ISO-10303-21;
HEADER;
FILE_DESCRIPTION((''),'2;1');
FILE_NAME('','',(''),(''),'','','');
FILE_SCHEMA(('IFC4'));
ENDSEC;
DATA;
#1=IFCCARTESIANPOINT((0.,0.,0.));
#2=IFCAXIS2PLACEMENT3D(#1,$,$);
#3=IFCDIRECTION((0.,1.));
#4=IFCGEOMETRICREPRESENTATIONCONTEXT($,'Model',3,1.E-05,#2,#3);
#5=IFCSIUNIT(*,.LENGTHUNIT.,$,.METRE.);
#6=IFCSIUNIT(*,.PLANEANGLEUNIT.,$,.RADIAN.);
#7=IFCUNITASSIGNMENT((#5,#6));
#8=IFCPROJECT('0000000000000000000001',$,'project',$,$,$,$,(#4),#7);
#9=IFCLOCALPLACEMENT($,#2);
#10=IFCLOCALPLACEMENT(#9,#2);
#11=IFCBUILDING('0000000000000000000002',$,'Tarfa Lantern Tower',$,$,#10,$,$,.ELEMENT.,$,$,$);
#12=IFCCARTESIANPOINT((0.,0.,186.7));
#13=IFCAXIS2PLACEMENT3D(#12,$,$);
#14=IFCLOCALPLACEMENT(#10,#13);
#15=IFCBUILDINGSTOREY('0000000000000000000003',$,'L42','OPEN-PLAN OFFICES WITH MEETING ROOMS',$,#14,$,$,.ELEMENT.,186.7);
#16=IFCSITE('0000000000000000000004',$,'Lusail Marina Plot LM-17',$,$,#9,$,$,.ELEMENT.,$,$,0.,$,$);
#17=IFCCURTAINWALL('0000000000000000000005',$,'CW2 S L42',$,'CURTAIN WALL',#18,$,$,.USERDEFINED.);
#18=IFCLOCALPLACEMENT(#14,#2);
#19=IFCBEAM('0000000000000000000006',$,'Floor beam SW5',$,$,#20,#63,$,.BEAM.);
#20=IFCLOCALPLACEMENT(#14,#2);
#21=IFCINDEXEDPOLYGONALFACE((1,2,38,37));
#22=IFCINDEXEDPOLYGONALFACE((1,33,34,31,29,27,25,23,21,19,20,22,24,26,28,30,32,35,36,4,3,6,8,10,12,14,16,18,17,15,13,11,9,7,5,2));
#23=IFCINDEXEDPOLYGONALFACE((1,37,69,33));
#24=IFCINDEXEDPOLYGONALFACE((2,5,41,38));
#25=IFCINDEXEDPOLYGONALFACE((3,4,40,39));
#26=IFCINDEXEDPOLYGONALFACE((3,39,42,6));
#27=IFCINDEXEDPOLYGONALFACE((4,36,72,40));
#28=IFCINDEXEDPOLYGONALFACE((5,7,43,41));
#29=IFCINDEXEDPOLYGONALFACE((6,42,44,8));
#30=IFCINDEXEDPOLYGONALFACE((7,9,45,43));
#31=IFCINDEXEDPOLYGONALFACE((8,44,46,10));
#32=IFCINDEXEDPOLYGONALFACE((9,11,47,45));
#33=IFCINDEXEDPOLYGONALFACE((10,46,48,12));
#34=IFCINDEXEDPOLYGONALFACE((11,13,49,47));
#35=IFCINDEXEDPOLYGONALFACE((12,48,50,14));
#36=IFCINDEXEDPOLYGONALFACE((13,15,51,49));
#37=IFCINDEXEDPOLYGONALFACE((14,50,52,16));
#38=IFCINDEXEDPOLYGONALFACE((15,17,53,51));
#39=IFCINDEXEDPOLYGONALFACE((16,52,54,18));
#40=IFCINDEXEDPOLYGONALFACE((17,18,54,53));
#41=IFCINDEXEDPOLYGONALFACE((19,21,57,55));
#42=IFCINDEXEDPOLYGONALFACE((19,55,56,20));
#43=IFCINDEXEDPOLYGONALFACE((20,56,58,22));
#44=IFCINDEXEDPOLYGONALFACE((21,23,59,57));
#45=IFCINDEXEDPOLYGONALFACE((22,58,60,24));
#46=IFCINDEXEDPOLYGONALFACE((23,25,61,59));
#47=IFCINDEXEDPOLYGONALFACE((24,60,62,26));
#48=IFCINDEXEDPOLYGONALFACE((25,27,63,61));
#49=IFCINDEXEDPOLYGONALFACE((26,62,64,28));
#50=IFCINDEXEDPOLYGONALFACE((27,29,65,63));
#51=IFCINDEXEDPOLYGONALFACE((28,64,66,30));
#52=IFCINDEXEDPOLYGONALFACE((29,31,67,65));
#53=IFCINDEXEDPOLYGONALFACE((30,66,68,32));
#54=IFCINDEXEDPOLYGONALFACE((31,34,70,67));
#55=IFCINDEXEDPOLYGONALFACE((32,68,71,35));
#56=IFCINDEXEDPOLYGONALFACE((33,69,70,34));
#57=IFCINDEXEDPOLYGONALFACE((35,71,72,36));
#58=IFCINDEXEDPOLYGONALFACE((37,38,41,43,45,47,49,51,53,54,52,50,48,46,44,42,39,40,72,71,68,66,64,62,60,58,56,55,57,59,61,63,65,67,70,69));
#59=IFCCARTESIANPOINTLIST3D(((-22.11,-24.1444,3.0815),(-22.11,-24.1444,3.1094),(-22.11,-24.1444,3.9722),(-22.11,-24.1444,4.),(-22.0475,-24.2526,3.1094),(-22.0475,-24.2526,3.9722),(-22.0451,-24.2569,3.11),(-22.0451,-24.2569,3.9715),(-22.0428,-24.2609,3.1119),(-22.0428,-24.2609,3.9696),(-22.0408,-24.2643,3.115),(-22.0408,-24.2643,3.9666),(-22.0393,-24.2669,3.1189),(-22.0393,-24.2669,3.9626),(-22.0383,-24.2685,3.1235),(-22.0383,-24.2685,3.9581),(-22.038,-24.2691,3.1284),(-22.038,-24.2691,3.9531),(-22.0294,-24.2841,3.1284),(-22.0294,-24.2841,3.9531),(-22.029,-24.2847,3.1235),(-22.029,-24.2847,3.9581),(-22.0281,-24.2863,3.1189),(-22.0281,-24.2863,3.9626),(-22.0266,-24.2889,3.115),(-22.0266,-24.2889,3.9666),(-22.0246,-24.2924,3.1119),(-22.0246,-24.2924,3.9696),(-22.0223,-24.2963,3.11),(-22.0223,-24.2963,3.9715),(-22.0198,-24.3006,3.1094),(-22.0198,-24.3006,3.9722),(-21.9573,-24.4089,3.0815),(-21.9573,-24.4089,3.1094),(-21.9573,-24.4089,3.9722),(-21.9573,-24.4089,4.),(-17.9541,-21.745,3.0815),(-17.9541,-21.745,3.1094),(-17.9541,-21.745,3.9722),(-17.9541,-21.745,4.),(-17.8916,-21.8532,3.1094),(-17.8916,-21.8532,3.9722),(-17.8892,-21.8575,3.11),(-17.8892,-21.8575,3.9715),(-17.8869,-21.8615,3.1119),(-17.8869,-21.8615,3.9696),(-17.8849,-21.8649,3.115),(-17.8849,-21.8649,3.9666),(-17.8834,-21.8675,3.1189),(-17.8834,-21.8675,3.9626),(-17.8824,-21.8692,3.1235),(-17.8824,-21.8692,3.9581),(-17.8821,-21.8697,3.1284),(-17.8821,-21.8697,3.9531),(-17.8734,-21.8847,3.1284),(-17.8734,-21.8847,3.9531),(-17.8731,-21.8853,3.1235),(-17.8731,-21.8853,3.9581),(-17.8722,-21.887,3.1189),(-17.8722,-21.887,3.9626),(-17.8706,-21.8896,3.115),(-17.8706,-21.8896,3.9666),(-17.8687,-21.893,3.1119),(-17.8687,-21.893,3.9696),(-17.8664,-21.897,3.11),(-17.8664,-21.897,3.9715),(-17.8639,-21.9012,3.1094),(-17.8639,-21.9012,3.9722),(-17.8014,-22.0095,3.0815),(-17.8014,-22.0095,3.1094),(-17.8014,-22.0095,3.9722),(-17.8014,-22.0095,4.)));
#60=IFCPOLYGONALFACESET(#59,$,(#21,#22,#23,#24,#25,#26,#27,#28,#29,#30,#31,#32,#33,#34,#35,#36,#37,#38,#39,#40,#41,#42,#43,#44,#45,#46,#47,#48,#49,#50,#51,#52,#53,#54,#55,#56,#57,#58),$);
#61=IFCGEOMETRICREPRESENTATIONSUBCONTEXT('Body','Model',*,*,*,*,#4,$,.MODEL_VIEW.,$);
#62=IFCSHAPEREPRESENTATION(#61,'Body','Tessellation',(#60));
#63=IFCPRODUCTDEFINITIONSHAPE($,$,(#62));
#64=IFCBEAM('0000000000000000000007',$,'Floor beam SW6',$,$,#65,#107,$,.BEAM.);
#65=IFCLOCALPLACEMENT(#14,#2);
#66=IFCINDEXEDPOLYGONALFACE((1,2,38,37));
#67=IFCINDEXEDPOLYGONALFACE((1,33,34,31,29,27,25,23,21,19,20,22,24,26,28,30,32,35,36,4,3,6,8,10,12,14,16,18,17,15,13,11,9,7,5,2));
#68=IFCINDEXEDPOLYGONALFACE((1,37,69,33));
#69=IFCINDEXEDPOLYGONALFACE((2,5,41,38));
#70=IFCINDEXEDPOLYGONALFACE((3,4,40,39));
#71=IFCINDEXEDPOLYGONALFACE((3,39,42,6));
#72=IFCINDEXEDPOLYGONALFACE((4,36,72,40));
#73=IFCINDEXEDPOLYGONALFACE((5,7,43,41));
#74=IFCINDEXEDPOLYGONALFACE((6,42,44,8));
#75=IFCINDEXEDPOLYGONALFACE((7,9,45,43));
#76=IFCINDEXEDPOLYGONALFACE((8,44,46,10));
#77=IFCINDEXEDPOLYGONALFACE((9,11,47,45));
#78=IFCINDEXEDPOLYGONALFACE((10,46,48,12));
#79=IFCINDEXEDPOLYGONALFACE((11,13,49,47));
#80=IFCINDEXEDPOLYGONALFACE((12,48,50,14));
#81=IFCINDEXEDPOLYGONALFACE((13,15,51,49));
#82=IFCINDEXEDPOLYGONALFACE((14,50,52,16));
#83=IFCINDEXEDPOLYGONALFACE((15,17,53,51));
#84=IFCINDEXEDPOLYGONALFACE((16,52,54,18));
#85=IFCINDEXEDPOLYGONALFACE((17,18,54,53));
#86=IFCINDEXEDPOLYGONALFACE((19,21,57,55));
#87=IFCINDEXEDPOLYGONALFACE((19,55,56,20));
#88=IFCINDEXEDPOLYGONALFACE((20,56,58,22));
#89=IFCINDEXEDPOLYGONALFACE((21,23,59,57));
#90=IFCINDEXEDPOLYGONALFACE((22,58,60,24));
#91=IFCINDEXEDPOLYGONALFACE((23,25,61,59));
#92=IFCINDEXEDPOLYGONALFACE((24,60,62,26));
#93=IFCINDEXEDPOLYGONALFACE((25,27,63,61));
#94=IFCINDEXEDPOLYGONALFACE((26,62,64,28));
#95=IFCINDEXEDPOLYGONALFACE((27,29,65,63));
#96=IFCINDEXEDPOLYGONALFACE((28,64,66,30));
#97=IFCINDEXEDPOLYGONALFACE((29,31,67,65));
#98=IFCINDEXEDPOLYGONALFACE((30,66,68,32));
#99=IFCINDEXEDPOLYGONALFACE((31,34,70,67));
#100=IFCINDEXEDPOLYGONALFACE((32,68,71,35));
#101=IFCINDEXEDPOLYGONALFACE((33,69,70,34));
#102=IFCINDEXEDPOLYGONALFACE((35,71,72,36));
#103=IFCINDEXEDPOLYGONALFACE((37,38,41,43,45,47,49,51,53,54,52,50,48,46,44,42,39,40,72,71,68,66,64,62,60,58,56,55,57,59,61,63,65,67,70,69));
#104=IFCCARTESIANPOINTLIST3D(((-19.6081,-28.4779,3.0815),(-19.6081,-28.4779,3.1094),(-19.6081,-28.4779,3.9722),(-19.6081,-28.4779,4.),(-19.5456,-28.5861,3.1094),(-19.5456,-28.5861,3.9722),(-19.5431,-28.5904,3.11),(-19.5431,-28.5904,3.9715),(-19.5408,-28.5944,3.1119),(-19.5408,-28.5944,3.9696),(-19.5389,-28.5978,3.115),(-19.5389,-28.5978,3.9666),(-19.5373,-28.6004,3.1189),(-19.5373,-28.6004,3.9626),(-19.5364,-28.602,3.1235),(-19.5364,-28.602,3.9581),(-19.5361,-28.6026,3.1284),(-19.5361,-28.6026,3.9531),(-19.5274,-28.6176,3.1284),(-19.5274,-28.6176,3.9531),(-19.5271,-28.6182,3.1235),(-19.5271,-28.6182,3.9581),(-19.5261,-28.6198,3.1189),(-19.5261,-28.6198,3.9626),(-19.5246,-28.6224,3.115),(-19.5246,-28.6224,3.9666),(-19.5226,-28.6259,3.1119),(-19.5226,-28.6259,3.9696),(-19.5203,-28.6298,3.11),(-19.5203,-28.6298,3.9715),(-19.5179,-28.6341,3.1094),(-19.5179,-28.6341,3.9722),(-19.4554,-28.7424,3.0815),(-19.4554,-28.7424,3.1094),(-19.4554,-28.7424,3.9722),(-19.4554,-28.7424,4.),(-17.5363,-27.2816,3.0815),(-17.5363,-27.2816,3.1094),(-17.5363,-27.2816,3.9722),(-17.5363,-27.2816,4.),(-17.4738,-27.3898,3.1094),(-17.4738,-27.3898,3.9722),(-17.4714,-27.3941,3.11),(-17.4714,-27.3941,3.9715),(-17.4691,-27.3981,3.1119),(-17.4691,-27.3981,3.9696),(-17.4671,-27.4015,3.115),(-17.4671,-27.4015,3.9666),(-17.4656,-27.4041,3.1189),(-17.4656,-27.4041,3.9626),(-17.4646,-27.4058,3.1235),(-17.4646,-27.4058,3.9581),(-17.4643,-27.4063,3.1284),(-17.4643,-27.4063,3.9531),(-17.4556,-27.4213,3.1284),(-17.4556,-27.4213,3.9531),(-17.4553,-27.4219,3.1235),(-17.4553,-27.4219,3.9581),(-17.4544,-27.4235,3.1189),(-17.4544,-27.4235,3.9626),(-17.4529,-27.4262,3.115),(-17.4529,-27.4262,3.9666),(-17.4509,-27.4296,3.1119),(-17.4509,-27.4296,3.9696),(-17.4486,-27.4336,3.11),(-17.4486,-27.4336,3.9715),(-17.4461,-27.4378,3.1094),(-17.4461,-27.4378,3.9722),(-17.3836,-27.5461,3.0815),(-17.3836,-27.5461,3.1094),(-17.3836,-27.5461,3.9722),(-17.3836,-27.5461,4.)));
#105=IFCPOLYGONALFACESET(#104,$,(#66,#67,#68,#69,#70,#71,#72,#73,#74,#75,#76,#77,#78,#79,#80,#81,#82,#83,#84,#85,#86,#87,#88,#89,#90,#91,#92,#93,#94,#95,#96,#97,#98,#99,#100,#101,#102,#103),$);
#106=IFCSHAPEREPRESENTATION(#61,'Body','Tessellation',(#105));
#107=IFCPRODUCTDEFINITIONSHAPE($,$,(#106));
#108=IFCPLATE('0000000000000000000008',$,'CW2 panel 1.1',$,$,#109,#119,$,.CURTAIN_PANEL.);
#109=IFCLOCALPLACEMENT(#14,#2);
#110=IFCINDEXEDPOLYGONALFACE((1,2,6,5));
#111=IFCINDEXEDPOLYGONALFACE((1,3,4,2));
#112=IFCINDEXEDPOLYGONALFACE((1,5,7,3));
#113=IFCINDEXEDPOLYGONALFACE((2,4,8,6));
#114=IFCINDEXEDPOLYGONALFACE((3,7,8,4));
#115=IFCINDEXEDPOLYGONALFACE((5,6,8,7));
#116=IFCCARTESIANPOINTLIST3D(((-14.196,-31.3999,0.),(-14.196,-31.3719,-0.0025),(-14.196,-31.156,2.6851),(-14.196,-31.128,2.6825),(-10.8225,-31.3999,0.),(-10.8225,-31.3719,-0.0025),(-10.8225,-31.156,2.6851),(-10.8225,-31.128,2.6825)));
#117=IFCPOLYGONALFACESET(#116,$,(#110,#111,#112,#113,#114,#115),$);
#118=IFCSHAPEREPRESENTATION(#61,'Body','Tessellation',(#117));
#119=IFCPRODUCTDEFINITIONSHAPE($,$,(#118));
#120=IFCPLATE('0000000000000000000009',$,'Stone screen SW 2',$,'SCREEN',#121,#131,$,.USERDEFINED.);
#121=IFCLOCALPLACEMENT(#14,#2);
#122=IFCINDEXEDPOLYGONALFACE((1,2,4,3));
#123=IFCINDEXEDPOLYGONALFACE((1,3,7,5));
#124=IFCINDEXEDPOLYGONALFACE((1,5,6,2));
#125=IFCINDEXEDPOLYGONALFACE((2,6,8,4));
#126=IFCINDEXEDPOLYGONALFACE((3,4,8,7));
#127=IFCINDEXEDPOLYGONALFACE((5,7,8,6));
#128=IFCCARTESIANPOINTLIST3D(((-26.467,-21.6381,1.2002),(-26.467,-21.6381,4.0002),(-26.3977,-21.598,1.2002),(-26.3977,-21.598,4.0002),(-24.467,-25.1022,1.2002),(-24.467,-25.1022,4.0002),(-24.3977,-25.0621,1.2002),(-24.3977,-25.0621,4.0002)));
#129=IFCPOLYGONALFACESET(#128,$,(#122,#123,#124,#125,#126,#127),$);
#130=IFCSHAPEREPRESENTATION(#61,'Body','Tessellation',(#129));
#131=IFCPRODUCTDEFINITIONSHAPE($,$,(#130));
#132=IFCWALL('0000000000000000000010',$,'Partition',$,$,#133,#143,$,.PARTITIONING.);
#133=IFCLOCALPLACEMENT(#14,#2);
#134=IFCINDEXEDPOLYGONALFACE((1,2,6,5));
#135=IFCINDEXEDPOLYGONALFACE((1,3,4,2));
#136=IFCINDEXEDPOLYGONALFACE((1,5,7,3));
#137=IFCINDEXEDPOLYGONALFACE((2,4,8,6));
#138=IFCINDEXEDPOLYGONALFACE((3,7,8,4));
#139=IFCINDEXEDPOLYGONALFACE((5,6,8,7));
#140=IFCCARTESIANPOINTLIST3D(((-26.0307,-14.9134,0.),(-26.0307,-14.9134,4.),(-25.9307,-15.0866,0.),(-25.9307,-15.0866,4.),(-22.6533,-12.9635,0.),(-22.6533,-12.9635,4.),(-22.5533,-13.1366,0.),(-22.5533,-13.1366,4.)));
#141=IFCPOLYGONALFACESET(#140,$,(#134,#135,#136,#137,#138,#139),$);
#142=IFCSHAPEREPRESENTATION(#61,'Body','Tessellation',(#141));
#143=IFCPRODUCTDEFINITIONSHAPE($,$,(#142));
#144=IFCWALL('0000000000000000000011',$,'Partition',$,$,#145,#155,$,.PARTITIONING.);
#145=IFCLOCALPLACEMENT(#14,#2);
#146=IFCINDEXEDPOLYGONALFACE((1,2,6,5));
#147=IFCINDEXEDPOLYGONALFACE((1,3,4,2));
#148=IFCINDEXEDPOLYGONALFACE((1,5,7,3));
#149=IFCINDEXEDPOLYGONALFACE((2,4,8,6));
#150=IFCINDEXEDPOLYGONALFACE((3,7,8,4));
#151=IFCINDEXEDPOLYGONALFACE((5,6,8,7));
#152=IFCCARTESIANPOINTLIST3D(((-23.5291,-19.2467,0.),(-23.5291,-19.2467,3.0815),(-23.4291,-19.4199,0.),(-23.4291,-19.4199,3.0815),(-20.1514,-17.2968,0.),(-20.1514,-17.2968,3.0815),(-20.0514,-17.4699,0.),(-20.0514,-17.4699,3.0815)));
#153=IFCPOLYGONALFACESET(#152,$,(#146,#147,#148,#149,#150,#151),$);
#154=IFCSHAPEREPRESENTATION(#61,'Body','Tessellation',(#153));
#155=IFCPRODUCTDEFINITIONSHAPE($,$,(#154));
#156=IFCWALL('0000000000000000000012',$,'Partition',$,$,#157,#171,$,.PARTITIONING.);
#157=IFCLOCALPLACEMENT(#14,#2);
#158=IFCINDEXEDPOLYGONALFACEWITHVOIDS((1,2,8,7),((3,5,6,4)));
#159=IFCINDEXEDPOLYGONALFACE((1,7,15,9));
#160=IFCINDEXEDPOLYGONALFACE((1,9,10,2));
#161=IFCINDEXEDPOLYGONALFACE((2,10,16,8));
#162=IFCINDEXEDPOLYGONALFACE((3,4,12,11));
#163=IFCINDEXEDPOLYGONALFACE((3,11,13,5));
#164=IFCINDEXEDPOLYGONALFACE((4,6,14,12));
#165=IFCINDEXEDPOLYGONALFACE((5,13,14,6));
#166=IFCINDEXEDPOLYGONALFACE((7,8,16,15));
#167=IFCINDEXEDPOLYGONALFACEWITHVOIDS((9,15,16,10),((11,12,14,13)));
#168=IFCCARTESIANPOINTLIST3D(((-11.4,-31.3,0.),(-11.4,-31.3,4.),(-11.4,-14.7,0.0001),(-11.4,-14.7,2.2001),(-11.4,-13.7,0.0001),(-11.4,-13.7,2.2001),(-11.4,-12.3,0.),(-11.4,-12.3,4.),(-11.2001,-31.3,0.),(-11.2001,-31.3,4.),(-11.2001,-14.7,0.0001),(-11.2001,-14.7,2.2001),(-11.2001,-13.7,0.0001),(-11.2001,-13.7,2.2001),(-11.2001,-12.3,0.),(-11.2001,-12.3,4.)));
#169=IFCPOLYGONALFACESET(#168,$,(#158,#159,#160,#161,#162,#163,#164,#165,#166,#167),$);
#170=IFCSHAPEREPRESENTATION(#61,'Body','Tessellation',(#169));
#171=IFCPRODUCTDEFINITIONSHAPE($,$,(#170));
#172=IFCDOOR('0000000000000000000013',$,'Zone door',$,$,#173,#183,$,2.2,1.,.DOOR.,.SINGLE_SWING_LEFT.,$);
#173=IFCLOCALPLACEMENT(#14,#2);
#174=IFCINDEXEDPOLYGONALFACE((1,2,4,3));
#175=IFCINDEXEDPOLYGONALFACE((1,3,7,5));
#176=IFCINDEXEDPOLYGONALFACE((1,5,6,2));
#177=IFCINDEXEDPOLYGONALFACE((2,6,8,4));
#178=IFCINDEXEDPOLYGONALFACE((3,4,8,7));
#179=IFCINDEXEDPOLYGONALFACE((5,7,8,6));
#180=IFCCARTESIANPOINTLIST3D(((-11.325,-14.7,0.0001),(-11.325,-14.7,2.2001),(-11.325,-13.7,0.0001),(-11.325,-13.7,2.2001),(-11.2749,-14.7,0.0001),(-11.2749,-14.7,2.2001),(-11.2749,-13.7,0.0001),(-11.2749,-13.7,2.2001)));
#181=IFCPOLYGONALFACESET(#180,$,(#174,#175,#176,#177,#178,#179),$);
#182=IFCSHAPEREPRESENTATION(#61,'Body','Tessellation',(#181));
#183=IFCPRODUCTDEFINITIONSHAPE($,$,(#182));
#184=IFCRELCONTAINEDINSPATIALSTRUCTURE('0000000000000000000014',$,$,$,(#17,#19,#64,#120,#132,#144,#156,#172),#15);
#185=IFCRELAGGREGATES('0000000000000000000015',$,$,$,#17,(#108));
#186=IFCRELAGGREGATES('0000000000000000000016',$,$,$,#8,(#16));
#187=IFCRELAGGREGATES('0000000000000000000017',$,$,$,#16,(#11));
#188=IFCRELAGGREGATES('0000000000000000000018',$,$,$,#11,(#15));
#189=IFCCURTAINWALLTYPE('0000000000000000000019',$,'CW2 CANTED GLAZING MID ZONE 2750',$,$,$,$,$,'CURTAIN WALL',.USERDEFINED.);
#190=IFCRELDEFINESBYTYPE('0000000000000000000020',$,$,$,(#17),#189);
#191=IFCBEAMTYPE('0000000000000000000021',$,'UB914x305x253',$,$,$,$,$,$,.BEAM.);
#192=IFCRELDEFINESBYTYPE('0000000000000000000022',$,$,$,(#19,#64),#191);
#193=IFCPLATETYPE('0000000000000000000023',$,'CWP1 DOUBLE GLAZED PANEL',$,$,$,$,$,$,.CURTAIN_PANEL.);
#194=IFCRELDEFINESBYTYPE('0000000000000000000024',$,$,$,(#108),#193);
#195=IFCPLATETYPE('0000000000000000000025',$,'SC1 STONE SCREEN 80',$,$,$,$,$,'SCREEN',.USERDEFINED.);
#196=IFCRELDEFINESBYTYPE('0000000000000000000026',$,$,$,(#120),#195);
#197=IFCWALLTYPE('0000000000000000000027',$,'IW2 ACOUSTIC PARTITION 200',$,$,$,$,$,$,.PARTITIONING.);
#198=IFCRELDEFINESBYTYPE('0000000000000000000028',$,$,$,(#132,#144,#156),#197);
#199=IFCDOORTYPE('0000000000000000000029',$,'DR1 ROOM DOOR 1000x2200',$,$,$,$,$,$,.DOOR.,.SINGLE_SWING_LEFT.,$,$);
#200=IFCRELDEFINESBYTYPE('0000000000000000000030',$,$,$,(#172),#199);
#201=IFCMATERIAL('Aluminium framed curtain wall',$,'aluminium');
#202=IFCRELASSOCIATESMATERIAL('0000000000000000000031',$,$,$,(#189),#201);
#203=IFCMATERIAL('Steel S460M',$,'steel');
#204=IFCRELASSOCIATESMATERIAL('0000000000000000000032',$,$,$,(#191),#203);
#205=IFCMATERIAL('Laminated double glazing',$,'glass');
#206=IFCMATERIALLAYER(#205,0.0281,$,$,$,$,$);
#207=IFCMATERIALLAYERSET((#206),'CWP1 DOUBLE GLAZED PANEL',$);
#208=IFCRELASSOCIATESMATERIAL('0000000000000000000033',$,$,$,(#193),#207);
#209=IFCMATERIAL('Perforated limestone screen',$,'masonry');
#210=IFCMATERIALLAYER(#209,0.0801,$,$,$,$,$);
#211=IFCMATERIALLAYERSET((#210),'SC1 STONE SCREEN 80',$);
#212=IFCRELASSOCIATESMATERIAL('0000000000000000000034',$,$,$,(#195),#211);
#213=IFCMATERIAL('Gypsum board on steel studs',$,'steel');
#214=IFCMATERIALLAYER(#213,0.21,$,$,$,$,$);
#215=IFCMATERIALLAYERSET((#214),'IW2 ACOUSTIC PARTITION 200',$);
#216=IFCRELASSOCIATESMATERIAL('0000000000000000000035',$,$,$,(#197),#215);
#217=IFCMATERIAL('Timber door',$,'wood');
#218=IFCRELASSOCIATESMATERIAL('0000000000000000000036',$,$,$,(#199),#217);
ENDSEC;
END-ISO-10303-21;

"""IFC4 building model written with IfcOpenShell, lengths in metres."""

from ifc_helpers import new_model, si_unit, direction, frame, frame_2d, origin, origin_2d, place, context, subcontext, project, spatial, polyline, rectangle, i_section, outline, extrude, material, layer, layer_set, material_profile, profile_set, type_object, element, fill, aggregate, save


model = new_model("IFC4")

# Units and contexts
model_context = context("Model", 3, precision=1e-05, world=origin(), true_north=direction((0.0, 1.0)))
body_context = subcontext(model_context, "Body", "Model", "MODEL_VIEW")
ifc_project = project(units=[si_unit("LENGTHUNIT", "METRE"), si_unit("PLANEANGLEUNIT", "RADIAN")], contexts=[model_context])

# Site, building, storey
site_placement = place(None, origin())
site = spatial("IfcSite", under=ifc_project, at=site_placement, Name="Lusail Marina Plot LM-17", CompositionType="ELEMENT", RefElevation=0.0)
building_placement = place(site_placement, origin())
building = spatial("IfcBuilding", under=site, at=building_placement, Name="Tarfa Lantern Tower", CompositionType="ELEMENT")
storey_placement = place(building_placement, frame((0.0, 0.0, 186.7)))
storey = spatial("IfcBuildingStorey", under=building, at=storey_placement, Name="L42", Description="OPEN-PLAN OFFICES WITH MEETING ROOMS", CompositionType="ELEMENT", Elevation=186.7)

# Curtain wall
ifc_material_1 = material(Name="Aluminium framed curtain wall", Category="aluminium")
curtain_wall_type = type_object("IfcCurtainWallType", Name="CW2 CANTED GLAZING MID ZONE 2750", ElementType="CURTAIN WALL", PredefinedType="USERDEFINED", material=ifc_material_1)
curtain_wall_placement = place(storey_placement, origin())
curtain_wall = element("IfcCurtainWall", 1, at=curtain_wall_placement, inside=storey, type_object=curtain_wall_type, Name="CW2 S L42", ObjectType="CURTAIN WALL", PredefinedType="USERDEFINED")

# Beams
ifc_material_2 = material(Name="Steel S460M", Category="steel")
ifc_material_profile_1 = material_profile(ifc_material_2, i_section(OverallWidth=0.3054, OverallDepth=0.9185, WebThickness=0.0173, FlangeThickness=0.0278, FilletRadius=0.019, at=origin_2d()), Name="UB914x305x253")
ifc_profile_set_1 = profile_set([ifc_material_profile_1], Name="Steel S460M")
beam_type_1 = type_object("IfcBeamType", Name="UB914x305x253", PredefinedType="BEAM", material=ifc_profile_set_1)
beam_1_placement = place(storey_placement, frame((-22.0337, -24.2766, 3.5408), z_axis=(0.866031, 0.499991, 0.0), x_axis=(-0.499991, 0.866031, 0.0)))
element("IfcBeam", 2, at=beam_1_placement, inside=storey, type_object=beam_type_1, Name="Floor beam SW5", PredefinedType="BEAM", context=body_context, shape_type="SweptSolid", body=[
    extrude(i_section(OverallWidth=0.3054, OverallDepth=0.9185, WebThickness=0.0173, FlangeThickness=0.0278, FilletRadius=0.019, at=origin_2d()), origin(), (0.0, 0.0, 1.0), 4.7988),
])
beam_2_placement = place(storey_placement, frame((-19.5317, -28.6101, 3.5408), z_axis=(0.865999, 0.500046, 0.0), x_axis=(-0.500046, 0.865999, 0.0)))
element("IfcBeam", 3, at=beam_2_placement, inside=storey, type_object=beam_type_1, Name="Floor beam SW6", PredefinedType="BEAM", context=body_context, shape_type="SweptSolid", body=[
    extrude(i_section(OverallWidth=0.3054, OverallDepth=0.9185, WebThickness=0.0173, FlangeThickness=0.0278, FilletRadius=0.019, at=origin_2d()), origin(), (0.0, 0.0, 1.0), 2.3923),
])

# Plates
ifc_material_3 = material(Name="Laminated double glazing", Category="glass")
ifc_layer_1 = layer(ifc_material_3, 0.0281)
ifc_layer_set_1 = layer_set([ifc_layer_1], Name="CWP1 DOUBLE GLAZED PANEL")
plate_type_1 = type_object("IfcPlateType", Name="CWP1 DOUBLE GLAZED PANEL", PredefinedType="CURTAIN_PANEL", material=ifc_layer_set_1)
plate_1_placement = place(storey_placement, frame((-14.196, -31.3999, 0.0), z_axis=(0.0, -0.9959, 0.090462), x_axis=(1.0, 0.0, 0.0)))
plate_1 = element("IfcPlate", 4, at=plate_1_placement, type_object=plate_type_1, Name="CW2 panel 1.1", PredefinedType="CURTAIN_PANEL", context=body_context, shape_type="SweptSolid", body=[
    extrude(outline(polyline([(0.0, 0.0), (3.3735, 0.0), (3.3735, 2.6961), (0.0, 2.6961), (0.0, 0.0)])), origin(), (0.0, 0.0, -1.0), 0.0281),
])
aggregate(curtain_wall, [plate_1])
ifc_material_4 = material(Name="Perforated limestone screen", Category="masonry")
ifc_layer_2 = layer(ifc_material_4, 0.0801)
ifc_layer_set_2 = layer_set([ifc_layer_2], Name="SC1 STONE SCREEN 80")
plate_type_2 = type_object("IfcPlateType", Name="SC1 STONE SCREEN 80", ElementType="SCREEN", PredefinedType="USERDEFINED", material=ifc_layer_set_2)
plate_2_placement = place(storey_placement, frame((-25.4324, -23.3501, 1.2002), z_axis=(0.0, 0.0, 1.0), x_axis=(0.5, -0.866025, 0.0)))
element("IfcPlate", 5, at=plate_2_placement, inside=storey, type_object=plate_type_2, Name="Stone screen SW 2", ObjectType="SCREEN", PredefinedType="USERDEFINED", context=body_context, shape_type="SweptSolid", body=[
    extrude(rectangle(XDim=4.0, YDim=0.0801, at=origin_2d()), origin(), (0.0, 0.0, 1.0), 2.8),
])

# Walls
ifc_material_5 = material(Name="Gypsum board on steel studs", Category="steel")
ifc_layer_3 = layer(ifc_material_5, 0.21)
ifc_layer_set_3 = layer_set([ifc_layer_3], Name="IW2 ACOUSTIC PARTITION 200")
wall_type = type_object("IfcWallType", Name="IW2 ACOUSTIC PARTITION 200", PredefinedType="PARTITIONING", material=ifc_layer_set_3)
wall_1_placement = place(storey_placement, frame((-22.6033, -13.05, 0.0), z_axis=(0.0, 0.0, 1.0), x_axis=(-0.866027, -0.499997, 0.0)))
element("IfcWall", 6, at=wall_1_placement, inside=storey, type_object=wall_type, Name="Partition", PredefinedType="PARTITIONING", context=body_context, shape_type="SweptSolid", body=[
    extrude(rectangle(XDim=3.8999, YDim=0.2, at=frame_2d((1.95, 0.0))), origin(), (0.0, 0.0, 1.0), 4.0),
])
wall_2_placement = place(storey_placement, frame((-20.1013, -17.3833, 0.0), z_axis=(0.0, 0.0, 1.0), x_axis=(-0.866043, -0.49997, 0.0)))
element("IfcWall", 7, at=wall_2_placement, inside=storey, type_object=wall_type, Name="Partition", PredefinedType="PARTITIONING", context=body_context, shape_type="SweptSolid", body=[
    extrude(rectangle(XDim=3.9001, YDim=0.2, at=frame_2d((1.9502, 0.0))), origin(), (0.0, 0.0, 1.0), 3.0815),
])

# Wall, opening, door
wall_3_placement = place(storey_placement, frame((-11.3, -12.3, 0.0), z_axis=(0.0, 0.0, 1.0), x_axis=(0.0, -1.0, 0.0)))
wall_3 = element("IfcWall", 8, at=wall_3_placement, inside=storey, type_object=wall_type, Name="Partition", PredefinedType="PARTITIONING", context=body_context, shape_type="SweptSolid", body=[
    extrude(rectangle(XDim=19.0, YDim=0.2, at=frame_2d((9.5, 0.0))), origin(), (0.0, 0.0, 1.0), 4.0),
])
opening_placement = place(wall_3_placement, frame((1.3999, 0.0, 0.0)))
opening = element("IfcOpeningElement", 9, at=opening_placement, cuts=wall_3, PredefinedType="OPENING", context=body_context, shape_type="SweptSolid", body=[
    extrude(rectangle(XDim=1.0, YDim=2.2, at=frame_2d((0.5, 1.1001))), frame((0.0, 0.1099, 0.0), z_axis=(0.0, -1.0, 0.0), x_axis=(1.0, 0.0, 0.0)), (0.0, 0.0, 1.0), 0.22),
])
ifc_material_6 = material(Name="Timber door", Category="wood")
door_type = type_object("IfcDoorType", Name="DR1 ROOM DOOR 1000x2200", OperationType="SINGLE_SWING_LEFT", PredefinedType="DOOR", material=ifc_material_6)
door_placement = place(opening_placement, frame((1.0, 0.0, 0.0), z_axis=(0.0, 0.0, 1.0), x_axis=(-1.0, 0.0, 0.0)))
door = element("IfcDoor", 10, at=door_placement, inside=storey, type_object=door_type, Name="Zone door", OperationType="SINGLE_SWING_LEFT", OverallHeight=2.2, OverallWidth=1.0, PredefinedType="DOOR", context=body_context, shape_type="SweptSolid", body=[
    extrude(rectangle(XDim=1.0, YDim=2.2, at=frame_2d((0.5, 1.1001))), frame((0.0, 0.0249, 0.0), z_axis=(0.0, -1.0, 0.0), x_axis=(1.0, 0.0, 0.0)), (0.0, 0.0, 1.0), 0.05),
])
fill(opening, door)

save(model, "model.ifc")
